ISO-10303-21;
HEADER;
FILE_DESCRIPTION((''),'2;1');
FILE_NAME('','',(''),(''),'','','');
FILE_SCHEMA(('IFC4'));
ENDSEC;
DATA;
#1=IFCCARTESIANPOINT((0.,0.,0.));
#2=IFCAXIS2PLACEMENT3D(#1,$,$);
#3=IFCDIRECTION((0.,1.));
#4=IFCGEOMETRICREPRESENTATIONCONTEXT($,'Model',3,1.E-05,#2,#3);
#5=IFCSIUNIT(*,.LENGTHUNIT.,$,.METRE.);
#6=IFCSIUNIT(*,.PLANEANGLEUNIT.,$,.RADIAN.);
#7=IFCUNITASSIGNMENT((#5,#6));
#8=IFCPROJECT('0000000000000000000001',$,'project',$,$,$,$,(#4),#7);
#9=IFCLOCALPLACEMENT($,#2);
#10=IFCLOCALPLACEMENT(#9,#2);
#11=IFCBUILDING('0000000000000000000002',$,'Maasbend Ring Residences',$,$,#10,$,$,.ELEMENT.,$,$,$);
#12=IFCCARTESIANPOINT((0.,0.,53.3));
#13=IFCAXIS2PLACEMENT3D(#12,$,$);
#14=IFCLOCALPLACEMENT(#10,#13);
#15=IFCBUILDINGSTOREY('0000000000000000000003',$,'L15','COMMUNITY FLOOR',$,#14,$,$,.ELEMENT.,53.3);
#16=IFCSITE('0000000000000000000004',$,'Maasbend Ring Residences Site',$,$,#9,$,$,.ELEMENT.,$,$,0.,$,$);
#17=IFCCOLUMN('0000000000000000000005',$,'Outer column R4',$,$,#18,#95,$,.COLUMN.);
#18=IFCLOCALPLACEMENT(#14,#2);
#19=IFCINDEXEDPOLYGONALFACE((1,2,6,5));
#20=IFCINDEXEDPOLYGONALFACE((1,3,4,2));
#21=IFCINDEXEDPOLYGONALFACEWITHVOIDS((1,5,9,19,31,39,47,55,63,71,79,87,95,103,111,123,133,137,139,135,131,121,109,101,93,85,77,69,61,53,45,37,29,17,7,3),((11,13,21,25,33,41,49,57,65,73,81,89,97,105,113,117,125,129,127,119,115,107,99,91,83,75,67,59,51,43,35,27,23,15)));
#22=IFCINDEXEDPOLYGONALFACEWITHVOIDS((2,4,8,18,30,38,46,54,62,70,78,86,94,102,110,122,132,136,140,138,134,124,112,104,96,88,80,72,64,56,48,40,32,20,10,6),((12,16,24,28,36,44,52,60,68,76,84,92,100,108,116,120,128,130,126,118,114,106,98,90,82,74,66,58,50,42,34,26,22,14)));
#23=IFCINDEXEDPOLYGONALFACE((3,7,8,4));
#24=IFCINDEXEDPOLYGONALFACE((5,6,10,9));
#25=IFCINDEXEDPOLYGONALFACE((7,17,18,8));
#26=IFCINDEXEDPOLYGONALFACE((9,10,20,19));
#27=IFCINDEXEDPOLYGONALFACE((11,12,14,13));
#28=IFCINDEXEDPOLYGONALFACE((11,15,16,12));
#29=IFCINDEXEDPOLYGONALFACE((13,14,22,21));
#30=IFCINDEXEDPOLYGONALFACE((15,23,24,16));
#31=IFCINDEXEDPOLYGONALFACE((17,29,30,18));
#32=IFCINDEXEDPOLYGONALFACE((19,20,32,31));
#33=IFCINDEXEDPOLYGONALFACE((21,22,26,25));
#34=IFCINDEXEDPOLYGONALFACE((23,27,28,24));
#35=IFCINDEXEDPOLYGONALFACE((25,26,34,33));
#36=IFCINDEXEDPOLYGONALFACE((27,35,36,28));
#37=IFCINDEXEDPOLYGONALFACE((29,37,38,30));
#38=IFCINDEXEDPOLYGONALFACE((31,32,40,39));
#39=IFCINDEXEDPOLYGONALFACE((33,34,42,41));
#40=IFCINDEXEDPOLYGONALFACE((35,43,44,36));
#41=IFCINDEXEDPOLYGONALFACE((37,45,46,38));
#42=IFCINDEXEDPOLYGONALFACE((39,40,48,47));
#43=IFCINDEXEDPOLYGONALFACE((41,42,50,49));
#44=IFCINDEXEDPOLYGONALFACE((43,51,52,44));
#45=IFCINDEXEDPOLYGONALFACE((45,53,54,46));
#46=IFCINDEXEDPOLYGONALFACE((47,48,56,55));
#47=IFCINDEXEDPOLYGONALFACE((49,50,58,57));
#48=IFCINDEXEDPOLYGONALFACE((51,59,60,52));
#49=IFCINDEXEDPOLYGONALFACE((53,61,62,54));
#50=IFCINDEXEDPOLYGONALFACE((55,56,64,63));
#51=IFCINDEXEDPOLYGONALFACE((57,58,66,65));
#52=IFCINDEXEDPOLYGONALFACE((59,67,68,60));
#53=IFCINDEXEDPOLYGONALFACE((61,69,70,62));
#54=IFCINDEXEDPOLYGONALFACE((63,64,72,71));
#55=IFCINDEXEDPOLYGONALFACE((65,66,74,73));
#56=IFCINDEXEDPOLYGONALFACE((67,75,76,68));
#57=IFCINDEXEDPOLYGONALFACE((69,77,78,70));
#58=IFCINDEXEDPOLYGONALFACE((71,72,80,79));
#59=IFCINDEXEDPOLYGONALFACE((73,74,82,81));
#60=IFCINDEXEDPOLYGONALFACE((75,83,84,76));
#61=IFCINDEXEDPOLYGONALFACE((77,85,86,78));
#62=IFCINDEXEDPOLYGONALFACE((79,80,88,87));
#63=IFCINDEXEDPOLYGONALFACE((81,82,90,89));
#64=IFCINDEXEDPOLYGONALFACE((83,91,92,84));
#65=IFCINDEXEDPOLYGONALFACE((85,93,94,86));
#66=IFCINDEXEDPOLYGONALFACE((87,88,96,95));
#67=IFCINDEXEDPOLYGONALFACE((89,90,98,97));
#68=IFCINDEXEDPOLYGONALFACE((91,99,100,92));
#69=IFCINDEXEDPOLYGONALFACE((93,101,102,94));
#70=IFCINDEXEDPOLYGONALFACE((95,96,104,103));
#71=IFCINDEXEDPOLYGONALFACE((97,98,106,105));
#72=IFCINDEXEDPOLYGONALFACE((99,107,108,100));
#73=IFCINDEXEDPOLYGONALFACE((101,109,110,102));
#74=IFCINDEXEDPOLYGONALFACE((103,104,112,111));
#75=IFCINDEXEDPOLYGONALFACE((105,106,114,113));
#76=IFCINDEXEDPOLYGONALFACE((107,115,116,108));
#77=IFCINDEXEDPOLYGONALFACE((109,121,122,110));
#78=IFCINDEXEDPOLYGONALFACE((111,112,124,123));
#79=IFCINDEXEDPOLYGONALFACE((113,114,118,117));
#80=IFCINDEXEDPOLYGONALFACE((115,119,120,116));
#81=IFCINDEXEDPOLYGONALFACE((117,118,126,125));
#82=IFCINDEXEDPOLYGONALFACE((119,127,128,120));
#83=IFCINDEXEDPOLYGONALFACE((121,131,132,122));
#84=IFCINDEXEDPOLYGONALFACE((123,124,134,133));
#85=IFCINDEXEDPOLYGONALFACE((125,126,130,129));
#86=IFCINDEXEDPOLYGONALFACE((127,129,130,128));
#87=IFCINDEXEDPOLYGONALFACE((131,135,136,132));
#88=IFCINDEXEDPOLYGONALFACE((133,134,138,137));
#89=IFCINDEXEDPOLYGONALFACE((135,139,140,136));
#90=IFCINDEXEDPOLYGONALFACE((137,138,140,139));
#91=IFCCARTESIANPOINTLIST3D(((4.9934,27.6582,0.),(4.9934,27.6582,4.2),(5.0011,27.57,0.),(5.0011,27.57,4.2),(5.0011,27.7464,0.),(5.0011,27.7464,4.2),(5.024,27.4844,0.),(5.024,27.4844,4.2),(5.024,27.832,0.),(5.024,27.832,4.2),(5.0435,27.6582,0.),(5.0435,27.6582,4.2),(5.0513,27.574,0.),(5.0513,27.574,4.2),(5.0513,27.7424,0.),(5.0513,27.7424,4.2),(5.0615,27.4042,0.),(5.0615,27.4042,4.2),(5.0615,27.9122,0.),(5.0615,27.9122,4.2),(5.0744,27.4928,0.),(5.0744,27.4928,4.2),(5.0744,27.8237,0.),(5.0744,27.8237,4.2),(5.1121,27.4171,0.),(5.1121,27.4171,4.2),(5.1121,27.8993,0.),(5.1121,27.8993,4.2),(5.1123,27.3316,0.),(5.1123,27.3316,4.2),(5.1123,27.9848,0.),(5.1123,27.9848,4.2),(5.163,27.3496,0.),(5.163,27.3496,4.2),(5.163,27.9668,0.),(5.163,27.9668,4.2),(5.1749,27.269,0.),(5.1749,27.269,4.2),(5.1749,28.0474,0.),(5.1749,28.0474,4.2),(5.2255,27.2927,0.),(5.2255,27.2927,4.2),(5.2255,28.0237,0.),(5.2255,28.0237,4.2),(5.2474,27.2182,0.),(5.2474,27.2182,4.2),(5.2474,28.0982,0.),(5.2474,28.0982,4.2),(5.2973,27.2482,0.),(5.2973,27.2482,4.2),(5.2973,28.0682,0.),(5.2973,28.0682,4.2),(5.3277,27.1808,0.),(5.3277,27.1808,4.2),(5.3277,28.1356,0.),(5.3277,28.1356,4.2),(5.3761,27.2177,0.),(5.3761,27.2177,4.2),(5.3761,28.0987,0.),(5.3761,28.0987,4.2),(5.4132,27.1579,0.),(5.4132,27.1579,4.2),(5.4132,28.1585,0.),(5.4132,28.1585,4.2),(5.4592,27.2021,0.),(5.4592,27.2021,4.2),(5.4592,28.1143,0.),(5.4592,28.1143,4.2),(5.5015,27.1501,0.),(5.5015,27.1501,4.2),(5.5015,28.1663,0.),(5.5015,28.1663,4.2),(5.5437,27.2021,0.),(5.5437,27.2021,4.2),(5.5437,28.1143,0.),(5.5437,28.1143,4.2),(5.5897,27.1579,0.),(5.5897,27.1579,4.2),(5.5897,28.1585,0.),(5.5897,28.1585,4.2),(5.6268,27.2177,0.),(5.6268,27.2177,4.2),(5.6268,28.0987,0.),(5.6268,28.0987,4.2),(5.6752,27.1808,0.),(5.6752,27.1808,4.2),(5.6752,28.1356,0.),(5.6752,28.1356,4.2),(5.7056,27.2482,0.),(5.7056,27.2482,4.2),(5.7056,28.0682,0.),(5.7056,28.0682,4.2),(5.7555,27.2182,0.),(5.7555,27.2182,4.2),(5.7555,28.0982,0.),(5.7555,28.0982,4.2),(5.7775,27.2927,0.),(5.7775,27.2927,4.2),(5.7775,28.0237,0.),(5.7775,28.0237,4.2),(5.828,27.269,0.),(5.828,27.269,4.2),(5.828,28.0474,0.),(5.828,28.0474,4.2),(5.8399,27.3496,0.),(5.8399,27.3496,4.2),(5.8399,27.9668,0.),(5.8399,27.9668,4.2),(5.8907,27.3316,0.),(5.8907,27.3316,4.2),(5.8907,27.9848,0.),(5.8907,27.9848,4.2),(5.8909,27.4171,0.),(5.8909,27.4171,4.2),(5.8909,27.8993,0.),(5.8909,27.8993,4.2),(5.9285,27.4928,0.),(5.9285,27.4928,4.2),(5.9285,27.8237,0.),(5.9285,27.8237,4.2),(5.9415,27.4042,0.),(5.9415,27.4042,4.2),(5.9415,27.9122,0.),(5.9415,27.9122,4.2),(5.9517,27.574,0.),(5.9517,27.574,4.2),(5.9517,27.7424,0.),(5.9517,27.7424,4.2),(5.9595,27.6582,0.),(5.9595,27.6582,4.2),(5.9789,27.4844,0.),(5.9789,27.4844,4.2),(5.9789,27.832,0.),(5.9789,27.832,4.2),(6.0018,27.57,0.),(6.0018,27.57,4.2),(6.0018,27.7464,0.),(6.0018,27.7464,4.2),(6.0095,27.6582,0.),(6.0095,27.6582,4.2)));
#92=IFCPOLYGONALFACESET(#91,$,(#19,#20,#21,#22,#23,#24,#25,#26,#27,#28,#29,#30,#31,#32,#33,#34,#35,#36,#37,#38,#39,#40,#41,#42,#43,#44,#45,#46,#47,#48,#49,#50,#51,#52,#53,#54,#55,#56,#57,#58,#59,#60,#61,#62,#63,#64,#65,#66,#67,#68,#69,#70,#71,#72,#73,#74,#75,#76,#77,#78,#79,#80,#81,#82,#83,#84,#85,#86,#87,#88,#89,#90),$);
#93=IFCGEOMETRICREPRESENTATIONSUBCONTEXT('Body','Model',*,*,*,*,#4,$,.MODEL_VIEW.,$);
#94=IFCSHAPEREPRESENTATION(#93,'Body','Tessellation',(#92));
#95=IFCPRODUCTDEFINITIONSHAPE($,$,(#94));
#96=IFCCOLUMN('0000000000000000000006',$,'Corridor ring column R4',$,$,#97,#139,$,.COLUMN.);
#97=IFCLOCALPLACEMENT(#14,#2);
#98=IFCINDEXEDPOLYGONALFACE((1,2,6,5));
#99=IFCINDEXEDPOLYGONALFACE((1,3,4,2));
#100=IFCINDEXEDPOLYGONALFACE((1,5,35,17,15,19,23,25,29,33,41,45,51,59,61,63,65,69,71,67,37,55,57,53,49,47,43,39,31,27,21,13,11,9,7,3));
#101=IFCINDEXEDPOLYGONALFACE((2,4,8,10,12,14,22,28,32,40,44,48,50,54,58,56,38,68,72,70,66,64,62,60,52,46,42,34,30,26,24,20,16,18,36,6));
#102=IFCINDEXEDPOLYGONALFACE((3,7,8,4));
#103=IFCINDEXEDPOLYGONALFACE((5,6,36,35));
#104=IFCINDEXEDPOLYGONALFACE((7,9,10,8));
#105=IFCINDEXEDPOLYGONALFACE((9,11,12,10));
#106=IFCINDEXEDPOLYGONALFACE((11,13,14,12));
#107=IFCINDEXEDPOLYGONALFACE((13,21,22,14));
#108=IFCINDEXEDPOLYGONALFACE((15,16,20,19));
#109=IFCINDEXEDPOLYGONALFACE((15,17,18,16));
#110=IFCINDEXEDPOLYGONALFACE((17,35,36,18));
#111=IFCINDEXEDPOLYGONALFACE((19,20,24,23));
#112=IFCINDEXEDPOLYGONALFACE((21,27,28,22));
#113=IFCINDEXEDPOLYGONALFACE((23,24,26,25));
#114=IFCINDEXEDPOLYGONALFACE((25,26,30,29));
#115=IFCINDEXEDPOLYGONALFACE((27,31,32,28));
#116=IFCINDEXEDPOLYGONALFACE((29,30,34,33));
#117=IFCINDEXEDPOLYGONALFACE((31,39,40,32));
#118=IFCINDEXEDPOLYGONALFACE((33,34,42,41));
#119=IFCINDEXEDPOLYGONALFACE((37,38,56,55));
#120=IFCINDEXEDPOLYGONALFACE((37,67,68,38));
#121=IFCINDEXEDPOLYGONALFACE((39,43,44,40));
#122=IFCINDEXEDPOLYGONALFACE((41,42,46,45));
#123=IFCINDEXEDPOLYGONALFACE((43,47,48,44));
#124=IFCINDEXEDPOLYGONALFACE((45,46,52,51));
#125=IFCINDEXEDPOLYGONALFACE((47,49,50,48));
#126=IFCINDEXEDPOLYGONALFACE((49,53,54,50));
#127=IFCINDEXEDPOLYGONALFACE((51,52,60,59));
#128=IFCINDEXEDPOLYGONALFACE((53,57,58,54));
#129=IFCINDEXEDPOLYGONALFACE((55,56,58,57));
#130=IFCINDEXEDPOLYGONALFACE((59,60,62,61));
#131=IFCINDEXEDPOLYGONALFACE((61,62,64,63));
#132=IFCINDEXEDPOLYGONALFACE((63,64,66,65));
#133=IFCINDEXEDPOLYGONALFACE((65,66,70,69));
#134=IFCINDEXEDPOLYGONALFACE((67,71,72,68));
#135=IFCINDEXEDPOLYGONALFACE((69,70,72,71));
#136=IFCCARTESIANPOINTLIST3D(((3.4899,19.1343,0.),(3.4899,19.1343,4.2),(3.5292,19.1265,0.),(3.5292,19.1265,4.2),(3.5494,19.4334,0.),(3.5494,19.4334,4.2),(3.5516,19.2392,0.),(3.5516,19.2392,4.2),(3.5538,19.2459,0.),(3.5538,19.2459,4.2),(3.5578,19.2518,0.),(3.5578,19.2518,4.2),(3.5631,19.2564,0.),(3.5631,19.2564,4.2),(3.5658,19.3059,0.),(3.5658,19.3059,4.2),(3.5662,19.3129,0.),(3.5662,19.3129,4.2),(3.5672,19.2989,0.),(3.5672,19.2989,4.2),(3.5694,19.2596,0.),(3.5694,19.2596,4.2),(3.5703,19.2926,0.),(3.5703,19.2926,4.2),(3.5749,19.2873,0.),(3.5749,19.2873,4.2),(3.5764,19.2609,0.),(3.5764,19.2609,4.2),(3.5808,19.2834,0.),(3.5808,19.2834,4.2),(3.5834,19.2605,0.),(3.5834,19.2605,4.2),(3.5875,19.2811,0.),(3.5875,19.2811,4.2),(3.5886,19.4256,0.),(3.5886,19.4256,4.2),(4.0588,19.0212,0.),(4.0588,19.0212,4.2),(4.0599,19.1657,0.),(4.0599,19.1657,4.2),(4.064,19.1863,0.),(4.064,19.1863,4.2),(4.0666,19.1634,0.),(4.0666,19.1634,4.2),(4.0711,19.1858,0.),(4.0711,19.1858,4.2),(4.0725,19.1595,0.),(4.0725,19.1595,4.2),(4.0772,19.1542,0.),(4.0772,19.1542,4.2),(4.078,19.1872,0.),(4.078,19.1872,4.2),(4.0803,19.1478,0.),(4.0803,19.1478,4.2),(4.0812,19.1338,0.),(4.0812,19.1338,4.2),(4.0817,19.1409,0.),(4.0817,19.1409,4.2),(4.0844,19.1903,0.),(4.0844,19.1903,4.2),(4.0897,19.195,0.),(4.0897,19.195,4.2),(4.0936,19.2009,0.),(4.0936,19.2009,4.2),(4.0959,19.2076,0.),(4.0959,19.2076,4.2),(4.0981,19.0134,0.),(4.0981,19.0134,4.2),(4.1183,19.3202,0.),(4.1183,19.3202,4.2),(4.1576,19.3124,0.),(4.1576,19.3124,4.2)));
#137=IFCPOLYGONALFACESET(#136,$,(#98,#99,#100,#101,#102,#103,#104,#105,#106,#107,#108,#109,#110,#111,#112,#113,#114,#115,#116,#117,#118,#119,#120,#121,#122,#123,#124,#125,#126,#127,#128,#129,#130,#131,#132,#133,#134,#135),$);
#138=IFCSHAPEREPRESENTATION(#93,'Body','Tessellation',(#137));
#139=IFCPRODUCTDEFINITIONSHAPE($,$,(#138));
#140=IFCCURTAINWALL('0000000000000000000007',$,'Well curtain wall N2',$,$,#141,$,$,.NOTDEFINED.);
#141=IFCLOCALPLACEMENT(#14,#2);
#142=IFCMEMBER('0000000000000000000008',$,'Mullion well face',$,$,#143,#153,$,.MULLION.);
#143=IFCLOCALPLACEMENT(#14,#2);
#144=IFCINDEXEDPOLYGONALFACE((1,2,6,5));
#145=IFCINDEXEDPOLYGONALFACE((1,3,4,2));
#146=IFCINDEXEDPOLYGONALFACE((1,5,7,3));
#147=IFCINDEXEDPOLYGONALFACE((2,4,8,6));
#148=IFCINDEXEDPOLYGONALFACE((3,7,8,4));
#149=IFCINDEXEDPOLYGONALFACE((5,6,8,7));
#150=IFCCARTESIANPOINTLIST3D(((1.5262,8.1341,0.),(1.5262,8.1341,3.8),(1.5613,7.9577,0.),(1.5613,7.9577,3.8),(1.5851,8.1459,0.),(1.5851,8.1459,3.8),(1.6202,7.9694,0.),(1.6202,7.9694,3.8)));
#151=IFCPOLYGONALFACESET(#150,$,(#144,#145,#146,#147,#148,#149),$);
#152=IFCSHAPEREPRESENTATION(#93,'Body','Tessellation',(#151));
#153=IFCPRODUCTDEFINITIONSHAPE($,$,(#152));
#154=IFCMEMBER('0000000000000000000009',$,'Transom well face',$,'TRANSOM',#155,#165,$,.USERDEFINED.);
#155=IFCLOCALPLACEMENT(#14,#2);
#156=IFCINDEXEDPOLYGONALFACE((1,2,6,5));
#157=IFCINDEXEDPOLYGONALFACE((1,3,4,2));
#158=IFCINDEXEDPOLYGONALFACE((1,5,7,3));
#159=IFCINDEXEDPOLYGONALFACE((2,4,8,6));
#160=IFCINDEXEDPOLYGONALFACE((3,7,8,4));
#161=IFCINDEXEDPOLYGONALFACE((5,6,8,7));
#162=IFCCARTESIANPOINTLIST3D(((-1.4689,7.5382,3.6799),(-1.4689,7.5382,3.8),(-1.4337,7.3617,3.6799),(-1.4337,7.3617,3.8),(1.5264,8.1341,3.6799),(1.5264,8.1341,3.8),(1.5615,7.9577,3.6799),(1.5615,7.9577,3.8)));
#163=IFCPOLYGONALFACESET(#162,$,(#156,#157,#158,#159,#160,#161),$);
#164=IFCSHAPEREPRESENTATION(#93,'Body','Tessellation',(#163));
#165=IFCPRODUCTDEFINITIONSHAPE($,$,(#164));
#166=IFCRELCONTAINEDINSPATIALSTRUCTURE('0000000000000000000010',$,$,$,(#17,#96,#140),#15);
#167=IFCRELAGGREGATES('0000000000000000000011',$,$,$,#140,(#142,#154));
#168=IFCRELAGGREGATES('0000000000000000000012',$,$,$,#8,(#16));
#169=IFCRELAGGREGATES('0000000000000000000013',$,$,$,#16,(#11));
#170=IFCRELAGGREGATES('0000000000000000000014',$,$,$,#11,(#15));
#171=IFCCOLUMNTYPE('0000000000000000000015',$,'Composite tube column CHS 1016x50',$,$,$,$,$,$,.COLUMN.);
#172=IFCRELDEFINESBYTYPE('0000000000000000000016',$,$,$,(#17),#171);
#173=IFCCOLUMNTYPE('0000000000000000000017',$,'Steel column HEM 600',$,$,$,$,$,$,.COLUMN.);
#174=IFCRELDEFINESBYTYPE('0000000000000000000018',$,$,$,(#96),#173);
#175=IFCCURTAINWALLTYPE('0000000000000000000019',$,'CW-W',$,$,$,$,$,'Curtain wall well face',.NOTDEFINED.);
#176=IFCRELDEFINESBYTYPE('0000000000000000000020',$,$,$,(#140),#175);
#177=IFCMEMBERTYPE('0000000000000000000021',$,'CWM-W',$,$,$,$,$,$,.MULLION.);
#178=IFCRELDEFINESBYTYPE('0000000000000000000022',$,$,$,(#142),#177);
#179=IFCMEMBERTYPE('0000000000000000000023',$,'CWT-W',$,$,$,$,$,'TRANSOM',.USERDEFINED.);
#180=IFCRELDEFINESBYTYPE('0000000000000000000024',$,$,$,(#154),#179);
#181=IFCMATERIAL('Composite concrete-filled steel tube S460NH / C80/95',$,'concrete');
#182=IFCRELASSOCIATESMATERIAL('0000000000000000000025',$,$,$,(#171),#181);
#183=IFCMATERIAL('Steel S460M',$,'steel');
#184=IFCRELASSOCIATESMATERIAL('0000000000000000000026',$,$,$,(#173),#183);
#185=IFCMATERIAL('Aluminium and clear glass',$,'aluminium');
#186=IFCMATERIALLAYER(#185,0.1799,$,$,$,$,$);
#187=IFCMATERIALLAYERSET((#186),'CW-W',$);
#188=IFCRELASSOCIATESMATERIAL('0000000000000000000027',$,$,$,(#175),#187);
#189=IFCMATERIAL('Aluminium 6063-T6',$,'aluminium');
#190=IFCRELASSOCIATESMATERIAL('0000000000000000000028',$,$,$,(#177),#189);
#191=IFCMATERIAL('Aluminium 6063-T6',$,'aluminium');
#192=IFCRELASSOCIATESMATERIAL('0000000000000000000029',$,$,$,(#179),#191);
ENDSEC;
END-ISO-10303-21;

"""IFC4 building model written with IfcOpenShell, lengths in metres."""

from ifc_helpers import new_model, si_unit, direction, frame, origin, origin_2d, place, context, subcontext, project, spatial, rectangle, hollow_circle, i_section, extrude, material, layer, layer_set, material_profile, profile_set, type_object, element, aggregate, save


model = new_model("IFC4")

# Units and contexts
model_context = context("Model", 3, precision=1e-05, world=origin(), true_north=direction((0.0, 1.0)))
body_context = subcontext(model_context, "Body", "Model", "MODEL_VIEW")
ifc_project = project(units=[si_unit("LENGTHUNIT", "METRE"), si_unit("PLANEANGLEUNIT", "RADIAN")], contexts=[model_context])

# Site, building, storey
site_placement = place(None, origin())
site = spatial("IfcSite", under=ifc_project, at=site_placement, Name="Maasbend Ring Residences Site", CompositionType="ELEMENT", RefElevation=0.0)
building_placement = place(site_placement, origin())
building = spatial("IfcBuilding", under=site, at=building_placement, Name="Maasbend Ring Residences", CompositionType="ELEMENT")
storey_placement = place(building_placement, frame((0.0, 0.0, 53.3)))
storey = spatial("IfcBuildingStorey", under=building, at=storey_placement, Name="L15", Description="COMMUNITY FLOOR", CompositionType="ELEMENT", Elevation=53.3)

# Columns
ifc_material_1 = material(Name="Composite concrete-filled steel tube S460NH / C80/95", Category="concrete")
ifc_material_profile_1 = material_profile(ifc_material_1, hollow_circle(Radius=0.5081, WallThickness=0.05, at=origin_2d()), Name="Composite tube column CHS 1016x50")
ifc_profile_set_1 = profile_set([ifc_material_profile_1], Name="Composite concrete-filled steel tube S460NH / C80/95")
column_type_1 = type_object("IfcColumnType", Name="Composite tube column CHS 1016x50", PredefinedType="COLUMN", material=ifc_profile_set_1)
column_1_placement = place(storey_placement, frame((5.5015, 27.6582, 0.0), z_axis=(0.0, 0.0, 1.0), x_axis=(1.0, 0.0, 0.0)))
element("IfcColumn", 1, at=column_1_placement, inside=storey, type_object=column_type_1, Name="Outer column R4", PredefinedType="COLUMN", context=body_context, shape_type="SweptSolid", body=[
    extrude(hollow_circle(Radius=0.5081, WallThickness=0.05, at=origin_2d()), origin(), (0.0, 0.0, 1.0), 4.2),
])
ifc_material_2 = material(Name="Steel S460M", Category="steel")
ifc_material_profile_2 = material_profile(ifc_material_2, i_section(OverallWidth=0.3049, OverallDepth=0.6201, WebThickness=0.021, FlangeThickness=0.04, FilletRadius=0.0271, at=origin_2d()), Name="HEM 600")
ifc_profile_set_2 = profile_set([ifc_material_profile_2], Name="Steel S460M")
column_type_2 = type_object("IfcColumnType", Name="Steel column HEM 600", PredefinedType="COLUMN", material=ifc_profile_set_2)
column_2_placement = place(storey_placement, frame((3.8237, 19.2234, 0.0), z_axis=(0.0, 0.0, 1.0), x_axis=(0.19509, 0.980785, 0.0)))
element("IfcColumn", 2, at=column_2_placement, inside=storey, type_object=column_type_2, Name="Corridor ring column R4", PredefinedType="COLUMN", context=body_context, shape_type="SweptSolid", body=[
    extrude(i_section(OverallWidth=0.3049, OverallDepth=0.6201, WebThickness=0.021, FlangeThickness=0.04, FilletRadius=0.0271, at=origin_2d()), origin(), (0.0, 0.0, 1.0), 4.2),
])

# Curtain wall, members
ifc_material_3 = material(Name="Aluminium and clear glass", Category="aluminium")
ifc_layer_1 = layer(ifc_material_3, 0.1799)
ifc_layer_set_1 = layer_set([ifc_layer_1], Name="CW-W")
curtain_wall_type = type_object("IfcCurtainWallType", Name="CW-W", ElementType="Curtain wall well face", PredefinedType="NOTDEFINED", material=ifc_layer_set_1)
curtain_wall_placement = place(storey_placement, origin())
curtain_wall = element("IfcCurtainWall", 3, at=curtain_wall_placement, inside=storey, type_object=curtain_wall_type, Name="Well curtain wall N2", PredefinedType="NOTDEFINED")
ifc_material_4 = material(Name="Aluminium 6063-T6", Category="aluminium")
ifc_material_profile_3 = material_profile(ifc_material_4, rectangle(XDim=0.1799, YDim=0.0601, at=origin_2d()), Name="AL 180x60")
ifc_profile_set_3 = profile_set([ifc_material_profile_3], Name="Aluminium 6063-T6")
member_type_1 = type_object("IfcMemberType", Name="CWM-W", PredefinedType="MULLION", material=ifc_profile_set_3)
member_1_placement = place(storey_placement, frame((1.5732, 8.0518, 0.0), z_axis=(0.0, 0.0, 1.0), x_axis=(0.19509, -0.980785, 0.0)))
member_1 = element("IfcMember", 4, at=member_1_placement, type_object=member_type_1, Name="Mullion well face", PredefinedType="MULLION", context=body_context, shape_type="SweptSolid", body=[
    extrude(rectangle(XDim=0.1799, YDim=0.0601, at=origin_2d()), origin(), (0.0, 0.0, 1.0), 3.8),
])
ifc_material_5 = material(Name="Aluminium 6063-T6", Category="aluminium")
ifc_material_profile_4 = material_profile(ifc_material_5, rectangle(XDim=0.1799, YDim=0.1201, at=origin_2d()), Name="AL 180x120")
ifc_profile_set_4 = profile_set([ifc_material_profile_4], Name="Aluminium 6063-T6")
member_type_2 = type_object("IfcMemberType", Name="CWT-W", ElementType="TRANSOM", PredefinedType="USERDEFINED", material=ifc_profile_set_4)
member_2_placement = place(storey_placement, frame((1.5439, 8.0459, 3.74), z_axis=(-0.980777, -0.195132, 0.0), x_axis=(0.195132, -0.980777, 0.0)))
member_2 = element("IfcMember", 5, at=member_2_placement, type_object=member_type_2, Name="Transom well face", ObjectType="TRANSOM", PredefinedType="USERDEFINED", context=body_context, shape_type="SweptSolid", body=[
    extrude(rectangle(XDim=0.1799, YDim=0.1201, at=origin_2d()), origin(), (0.0, 0.0, 1.0), 3.054),
])
aggregate(curtain_wall, [member_1, member_2])

save(model, "model.ifc")
